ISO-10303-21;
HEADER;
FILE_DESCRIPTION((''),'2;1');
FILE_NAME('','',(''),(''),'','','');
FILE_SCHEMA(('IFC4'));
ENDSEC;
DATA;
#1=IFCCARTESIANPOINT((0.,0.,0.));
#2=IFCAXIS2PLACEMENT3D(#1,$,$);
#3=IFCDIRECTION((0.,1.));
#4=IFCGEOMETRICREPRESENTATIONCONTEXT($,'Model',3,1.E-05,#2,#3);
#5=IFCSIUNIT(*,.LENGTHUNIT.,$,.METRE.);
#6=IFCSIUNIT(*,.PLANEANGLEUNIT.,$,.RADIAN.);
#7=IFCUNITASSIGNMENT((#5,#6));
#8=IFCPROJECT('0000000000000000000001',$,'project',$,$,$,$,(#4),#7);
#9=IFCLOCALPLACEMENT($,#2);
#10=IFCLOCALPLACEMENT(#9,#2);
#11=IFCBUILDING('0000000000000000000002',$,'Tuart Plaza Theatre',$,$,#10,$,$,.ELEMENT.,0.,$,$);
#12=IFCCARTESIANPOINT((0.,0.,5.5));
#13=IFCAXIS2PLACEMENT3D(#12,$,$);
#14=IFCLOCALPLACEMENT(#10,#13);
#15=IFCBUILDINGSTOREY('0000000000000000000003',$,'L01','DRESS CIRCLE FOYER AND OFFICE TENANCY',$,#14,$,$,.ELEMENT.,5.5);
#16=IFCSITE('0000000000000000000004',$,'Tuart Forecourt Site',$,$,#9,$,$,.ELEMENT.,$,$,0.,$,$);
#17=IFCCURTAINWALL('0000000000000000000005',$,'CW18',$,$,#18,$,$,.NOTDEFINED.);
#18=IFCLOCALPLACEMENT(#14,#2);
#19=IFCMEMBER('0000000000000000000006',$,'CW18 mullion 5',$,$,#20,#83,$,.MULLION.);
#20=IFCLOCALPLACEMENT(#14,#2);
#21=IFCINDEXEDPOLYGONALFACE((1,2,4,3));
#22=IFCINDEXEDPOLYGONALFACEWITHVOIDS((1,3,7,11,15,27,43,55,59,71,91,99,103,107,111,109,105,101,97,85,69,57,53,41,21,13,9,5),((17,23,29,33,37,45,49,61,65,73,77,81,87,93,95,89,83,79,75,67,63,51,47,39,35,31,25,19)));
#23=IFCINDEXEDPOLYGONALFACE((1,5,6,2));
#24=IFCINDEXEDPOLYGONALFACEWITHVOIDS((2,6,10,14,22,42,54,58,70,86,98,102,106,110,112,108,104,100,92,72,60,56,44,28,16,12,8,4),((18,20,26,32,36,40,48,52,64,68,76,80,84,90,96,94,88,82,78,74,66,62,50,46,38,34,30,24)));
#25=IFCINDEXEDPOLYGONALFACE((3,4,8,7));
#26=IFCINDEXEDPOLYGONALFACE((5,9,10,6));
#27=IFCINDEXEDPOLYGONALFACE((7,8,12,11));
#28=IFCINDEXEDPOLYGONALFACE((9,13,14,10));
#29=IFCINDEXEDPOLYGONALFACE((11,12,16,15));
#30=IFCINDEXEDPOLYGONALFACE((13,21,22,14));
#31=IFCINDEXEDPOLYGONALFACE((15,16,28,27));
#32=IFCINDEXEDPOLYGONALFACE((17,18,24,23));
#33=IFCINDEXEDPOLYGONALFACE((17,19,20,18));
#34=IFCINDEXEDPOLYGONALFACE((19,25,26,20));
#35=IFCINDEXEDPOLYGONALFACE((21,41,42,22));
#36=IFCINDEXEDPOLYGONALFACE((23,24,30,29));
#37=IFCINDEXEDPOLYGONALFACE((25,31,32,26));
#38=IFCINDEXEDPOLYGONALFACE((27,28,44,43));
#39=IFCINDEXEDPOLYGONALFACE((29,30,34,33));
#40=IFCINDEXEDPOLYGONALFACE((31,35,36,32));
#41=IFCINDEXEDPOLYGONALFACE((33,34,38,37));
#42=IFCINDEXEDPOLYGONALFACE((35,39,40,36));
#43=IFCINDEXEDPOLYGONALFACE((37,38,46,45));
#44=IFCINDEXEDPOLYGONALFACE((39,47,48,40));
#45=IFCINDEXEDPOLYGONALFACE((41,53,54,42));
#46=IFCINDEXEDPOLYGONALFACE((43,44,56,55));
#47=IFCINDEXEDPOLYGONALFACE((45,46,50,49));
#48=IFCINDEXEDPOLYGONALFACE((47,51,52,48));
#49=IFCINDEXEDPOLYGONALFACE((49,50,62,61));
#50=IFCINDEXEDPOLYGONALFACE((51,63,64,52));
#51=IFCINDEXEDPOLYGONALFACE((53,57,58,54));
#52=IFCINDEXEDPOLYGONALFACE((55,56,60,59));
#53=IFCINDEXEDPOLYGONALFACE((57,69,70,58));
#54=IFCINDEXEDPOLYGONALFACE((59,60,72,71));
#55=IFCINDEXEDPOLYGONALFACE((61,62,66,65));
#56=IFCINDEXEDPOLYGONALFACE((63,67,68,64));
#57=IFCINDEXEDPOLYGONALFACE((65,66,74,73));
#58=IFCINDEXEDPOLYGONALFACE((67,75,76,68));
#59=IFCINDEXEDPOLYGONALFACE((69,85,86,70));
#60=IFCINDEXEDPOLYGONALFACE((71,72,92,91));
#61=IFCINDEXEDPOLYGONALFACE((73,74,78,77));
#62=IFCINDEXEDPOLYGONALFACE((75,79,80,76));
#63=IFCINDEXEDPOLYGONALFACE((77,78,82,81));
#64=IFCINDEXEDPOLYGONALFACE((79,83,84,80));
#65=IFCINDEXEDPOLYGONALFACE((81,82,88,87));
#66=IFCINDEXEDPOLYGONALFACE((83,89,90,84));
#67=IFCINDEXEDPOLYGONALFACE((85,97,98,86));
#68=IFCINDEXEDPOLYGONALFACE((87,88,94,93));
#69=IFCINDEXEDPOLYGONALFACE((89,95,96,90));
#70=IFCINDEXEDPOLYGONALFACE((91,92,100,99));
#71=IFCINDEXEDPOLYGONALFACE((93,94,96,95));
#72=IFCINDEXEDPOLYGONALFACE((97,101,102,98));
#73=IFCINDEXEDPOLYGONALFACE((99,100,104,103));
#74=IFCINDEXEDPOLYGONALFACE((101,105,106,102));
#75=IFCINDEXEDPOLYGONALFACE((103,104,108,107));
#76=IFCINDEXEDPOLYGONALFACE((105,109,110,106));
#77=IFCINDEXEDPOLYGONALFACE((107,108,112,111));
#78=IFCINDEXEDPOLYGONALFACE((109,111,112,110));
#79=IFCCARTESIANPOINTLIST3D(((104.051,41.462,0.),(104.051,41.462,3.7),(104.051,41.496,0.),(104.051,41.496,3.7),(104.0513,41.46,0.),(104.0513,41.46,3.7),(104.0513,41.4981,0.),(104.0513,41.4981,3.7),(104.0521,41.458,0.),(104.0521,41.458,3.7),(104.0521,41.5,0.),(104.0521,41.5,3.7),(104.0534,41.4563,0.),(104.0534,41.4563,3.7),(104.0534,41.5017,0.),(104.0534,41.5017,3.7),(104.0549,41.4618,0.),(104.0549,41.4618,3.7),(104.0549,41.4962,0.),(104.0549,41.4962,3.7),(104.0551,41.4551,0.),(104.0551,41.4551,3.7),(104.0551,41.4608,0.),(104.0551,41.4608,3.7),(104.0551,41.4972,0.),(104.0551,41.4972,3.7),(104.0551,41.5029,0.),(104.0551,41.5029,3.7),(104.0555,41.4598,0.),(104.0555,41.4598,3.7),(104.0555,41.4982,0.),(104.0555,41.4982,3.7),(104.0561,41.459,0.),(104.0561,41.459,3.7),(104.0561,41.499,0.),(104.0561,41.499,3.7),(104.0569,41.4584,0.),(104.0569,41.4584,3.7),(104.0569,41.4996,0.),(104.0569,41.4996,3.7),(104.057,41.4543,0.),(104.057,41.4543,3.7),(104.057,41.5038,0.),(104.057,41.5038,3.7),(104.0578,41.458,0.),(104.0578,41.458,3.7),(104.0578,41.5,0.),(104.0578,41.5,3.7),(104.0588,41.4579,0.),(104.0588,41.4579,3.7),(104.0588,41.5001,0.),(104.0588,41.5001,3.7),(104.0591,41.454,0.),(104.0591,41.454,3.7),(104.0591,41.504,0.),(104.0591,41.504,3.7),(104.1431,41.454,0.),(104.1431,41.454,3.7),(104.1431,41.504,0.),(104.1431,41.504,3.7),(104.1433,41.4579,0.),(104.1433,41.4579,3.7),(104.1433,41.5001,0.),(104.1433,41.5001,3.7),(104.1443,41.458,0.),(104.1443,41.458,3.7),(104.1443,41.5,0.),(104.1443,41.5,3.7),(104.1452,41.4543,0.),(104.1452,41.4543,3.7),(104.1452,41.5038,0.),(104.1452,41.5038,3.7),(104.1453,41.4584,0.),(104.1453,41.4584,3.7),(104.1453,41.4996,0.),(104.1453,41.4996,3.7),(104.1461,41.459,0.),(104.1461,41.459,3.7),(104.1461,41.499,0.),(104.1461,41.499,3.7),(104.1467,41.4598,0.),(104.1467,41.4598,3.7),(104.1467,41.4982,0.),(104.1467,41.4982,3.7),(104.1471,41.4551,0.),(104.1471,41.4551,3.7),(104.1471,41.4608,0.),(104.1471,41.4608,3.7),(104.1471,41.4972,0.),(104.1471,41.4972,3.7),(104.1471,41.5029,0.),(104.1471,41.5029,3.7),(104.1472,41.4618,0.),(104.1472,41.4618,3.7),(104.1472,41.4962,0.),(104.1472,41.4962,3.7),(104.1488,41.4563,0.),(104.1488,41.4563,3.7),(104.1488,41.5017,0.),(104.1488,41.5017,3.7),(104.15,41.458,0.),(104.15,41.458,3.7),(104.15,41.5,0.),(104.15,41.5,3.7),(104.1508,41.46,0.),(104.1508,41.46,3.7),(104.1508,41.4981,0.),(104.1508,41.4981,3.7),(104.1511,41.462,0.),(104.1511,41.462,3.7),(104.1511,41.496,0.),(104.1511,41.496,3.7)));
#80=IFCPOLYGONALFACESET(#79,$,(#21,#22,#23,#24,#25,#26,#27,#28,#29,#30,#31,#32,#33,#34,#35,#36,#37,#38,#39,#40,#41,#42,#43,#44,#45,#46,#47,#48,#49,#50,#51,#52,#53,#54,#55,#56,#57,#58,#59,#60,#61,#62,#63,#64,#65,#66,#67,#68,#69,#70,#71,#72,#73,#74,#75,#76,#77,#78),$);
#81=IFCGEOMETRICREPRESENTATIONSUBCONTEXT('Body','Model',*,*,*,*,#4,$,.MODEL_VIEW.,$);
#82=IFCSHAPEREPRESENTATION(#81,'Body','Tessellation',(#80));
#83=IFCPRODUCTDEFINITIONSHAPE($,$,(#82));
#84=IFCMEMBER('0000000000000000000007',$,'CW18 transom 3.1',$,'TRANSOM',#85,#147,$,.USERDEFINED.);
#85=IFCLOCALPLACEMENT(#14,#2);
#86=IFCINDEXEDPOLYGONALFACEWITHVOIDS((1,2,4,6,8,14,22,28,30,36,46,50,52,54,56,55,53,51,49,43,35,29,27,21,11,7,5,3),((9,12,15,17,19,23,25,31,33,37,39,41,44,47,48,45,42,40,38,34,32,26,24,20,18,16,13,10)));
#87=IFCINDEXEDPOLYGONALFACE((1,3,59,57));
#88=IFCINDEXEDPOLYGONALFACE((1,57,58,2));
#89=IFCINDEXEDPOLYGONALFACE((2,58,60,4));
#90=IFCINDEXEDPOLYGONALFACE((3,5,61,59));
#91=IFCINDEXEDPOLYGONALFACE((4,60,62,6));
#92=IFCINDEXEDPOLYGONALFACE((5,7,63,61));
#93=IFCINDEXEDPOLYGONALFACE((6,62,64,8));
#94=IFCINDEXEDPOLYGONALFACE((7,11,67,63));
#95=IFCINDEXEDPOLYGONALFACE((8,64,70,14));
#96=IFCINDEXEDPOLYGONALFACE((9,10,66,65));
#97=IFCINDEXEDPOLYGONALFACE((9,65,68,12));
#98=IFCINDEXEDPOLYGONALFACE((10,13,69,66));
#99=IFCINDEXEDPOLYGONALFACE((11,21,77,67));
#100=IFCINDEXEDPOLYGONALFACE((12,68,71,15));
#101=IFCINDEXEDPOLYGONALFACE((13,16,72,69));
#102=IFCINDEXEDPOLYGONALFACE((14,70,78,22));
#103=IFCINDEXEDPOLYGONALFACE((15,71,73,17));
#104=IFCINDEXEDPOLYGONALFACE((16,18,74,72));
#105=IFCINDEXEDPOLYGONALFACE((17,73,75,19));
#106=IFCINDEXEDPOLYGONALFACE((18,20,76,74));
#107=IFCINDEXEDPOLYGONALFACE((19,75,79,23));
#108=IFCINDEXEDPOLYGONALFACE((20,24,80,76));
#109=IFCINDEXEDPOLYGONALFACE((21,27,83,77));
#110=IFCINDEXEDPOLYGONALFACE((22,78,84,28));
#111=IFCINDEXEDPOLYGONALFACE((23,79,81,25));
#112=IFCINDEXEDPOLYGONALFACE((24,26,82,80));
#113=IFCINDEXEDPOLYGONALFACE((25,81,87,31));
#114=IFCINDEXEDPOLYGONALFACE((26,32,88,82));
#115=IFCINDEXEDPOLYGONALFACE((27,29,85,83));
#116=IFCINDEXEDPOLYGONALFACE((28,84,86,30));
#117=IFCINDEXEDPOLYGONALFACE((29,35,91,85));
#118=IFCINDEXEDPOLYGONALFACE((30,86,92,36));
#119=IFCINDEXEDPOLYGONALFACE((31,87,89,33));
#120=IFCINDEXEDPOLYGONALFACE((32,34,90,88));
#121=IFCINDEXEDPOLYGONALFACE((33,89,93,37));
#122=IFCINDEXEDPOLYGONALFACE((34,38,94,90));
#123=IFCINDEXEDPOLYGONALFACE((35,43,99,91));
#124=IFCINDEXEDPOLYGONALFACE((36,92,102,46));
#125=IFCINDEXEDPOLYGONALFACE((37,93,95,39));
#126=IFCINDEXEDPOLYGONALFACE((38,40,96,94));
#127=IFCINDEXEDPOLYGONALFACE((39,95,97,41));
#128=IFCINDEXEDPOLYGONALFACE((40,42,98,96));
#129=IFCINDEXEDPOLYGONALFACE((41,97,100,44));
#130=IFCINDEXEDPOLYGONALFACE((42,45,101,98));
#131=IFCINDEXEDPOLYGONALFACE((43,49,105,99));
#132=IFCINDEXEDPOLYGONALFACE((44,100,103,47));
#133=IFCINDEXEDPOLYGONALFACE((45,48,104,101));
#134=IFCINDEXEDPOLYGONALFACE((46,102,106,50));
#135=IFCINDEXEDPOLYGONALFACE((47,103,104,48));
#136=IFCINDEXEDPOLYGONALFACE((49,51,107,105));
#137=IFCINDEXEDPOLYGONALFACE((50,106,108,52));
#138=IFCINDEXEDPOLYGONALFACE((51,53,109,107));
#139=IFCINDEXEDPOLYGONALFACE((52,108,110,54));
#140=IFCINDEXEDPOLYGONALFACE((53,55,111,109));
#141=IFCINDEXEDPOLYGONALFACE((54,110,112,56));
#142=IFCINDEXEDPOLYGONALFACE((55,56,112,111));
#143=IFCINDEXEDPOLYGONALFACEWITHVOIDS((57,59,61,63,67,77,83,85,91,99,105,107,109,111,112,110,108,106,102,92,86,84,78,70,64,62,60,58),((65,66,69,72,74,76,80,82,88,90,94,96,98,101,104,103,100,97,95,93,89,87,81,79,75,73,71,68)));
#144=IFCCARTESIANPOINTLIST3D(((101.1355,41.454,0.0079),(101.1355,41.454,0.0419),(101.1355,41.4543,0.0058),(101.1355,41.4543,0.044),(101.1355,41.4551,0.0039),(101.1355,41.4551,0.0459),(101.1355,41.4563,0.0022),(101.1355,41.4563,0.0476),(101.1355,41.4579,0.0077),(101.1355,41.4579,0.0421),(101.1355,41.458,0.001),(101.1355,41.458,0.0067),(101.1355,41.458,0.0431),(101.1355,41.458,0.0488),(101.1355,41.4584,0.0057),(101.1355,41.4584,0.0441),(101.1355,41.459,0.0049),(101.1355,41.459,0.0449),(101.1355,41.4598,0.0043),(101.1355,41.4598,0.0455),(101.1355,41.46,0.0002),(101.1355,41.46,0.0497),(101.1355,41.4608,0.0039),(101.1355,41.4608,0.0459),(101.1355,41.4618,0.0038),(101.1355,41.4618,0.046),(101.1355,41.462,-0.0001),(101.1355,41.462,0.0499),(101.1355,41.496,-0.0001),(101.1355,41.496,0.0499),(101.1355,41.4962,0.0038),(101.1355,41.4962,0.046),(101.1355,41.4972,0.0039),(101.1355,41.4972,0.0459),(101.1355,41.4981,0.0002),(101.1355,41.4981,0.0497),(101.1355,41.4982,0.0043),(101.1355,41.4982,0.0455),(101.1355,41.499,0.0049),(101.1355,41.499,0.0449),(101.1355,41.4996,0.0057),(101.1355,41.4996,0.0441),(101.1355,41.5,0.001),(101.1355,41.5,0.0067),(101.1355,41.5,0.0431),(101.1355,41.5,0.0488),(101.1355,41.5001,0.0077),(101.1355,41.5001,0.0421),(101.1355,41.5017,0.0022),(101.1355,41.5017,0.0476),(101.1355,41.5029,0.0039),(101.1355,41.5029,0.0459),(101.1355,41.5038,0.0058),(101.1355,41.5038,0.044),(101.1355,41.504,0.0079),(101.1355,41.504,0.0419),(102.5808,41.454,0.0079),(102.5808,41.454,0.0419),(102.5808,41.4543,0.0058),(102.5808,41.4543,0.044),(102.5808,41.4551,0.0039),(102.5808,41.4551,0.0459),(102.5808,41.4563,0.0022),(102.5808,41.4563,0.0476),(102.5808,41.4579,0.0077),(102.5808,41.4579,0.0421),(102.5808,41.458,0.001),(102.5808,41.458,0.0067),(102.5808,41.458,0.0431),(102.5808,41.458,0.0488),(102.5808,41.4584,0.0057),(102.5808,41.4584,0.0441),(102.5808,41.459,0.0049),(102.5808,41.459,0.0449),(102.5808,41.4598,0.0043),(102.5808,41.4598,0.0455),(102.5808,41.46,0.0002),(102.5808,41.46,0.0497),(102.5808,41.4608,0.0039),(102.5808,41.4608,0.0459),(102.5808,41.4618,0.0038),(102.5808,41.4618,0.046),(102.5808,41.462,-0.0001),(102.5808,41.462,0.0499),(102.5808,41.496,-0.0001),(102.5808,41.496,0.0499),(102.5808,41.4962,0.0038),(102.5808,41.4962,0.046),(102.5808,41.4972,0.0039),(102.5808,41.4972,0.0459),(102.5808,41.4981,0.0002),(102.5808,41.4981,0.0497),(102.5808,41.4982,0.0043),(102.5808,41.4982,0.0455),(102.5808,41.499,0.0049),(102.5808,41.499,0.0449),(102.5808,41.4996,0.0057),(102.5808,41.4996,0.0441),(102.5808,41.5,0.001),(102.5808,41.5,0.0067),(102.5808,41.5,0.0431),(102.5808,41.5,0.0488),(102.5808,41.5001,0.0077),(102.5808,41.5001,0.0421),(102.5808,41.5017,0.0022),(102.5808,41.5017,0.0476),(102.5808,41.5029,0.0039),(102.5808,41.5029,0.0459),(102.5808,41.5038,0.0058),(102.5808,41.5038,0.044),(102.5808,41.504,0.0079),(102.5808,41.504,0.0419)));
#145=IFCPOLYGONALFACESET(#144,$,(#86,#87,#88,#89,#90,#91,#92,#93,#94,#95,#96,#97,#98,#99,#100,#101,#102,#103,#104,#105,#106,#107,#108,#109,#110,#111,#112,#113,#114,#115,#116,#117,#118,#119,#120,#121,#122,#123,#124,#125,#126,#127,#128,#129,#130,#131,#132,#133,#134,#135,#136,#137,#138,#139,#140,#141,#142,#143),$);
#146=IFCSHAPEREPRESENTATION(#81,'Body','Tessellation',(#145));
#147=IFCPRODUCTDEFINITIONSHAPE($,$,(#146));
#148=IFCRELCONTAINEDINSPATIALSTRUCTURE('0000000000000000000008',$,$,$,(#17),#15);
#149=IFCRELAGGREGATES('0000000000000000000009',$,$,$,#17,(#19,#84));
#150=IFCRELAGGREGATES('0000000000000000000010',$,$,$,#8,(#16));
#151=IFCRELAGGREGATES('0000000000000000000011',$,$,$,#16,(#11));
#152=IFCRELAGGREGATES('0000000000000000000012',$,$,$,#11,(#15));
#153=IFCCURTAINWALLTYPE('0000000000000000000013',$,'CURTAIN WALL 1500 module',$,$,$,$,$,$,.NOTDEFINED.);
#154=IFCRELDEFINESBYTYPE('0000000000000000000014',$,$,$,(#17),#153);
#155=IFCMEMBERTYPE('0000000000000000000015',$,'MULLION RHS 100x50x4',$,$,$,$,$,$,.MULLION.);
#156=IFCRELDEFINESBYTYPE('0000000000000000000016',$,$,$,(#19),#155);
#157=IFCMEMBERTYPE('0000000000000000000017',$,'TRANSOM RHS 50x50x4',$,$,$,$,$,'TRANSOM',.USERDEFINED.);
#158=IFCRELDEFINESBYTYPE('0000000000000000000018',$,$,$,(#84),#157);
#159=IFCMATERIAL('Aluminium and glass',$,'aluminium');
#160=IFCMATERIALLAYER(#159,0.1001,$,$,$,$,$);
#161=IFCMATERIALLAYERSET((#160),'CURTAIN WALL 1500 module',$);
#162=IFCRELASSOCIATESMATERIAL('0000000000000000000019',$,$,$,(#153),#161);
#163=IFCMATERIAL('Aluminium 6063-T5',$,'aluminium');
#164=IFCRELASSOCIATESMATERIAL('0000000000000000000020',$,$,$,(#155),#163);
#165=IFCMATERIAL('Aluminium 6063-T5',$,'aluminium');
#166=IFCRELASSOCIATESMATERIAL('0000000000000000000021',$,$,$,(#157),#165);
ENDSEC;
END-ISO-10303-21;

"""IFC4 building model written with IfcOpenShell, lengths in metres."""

from ifc_helpers import new_model, si_unit, direction, frame, origin, origin_2d, place, context, subcontext, project, spatial, hollow_rectangle, extrude, material, layer, layer_set, material_profile, profile_set, type_object, element, aggregate, save


model = new_model("IFC4")

# Units and contexts
model_context = context("Model", 3, precision=1e-05, world=origin(), true_north=direction((0.0, 1.0)))
body_context = subcontext(model_context, "Body", "Model", "MODEL_VIEW")
ifc_project = project(units=[si_unit("LENGTHUNIT", "METRE"), si_unit("PLANEANGLEUNIT", "RADIAN")], contexts=[model_context])

# Site, building, storey
site_placement = place(None, origin())
site = spatial("IfcSite", under=ifc_project, at=site_placement, Name="Tuart Forecourt Site", CompositionType="ELEMENT", RefElevation=0.0)
building_placement = place(site_placement, origin())
building = spatial("IfcBuilding", under=site, at=building_placement, Name="Tuart Plaza Theatre", CompositionType="ELEMENT", ElevationOfRefHeight=0.0)
storey_placement = place(building_placement, frame((0.0, 0.0, 5.5)))
storey = spatial("IfcBuildingStorey", under=building, at=storey_placement, Name="L01", Description="DRESS CIRCLE FOYER AND OFFICE TENANCY", CompositionType="ELEMENT", Elevation=5.5)

# Curtain wall, members
ifc_material_1 = material(Name="Aluminium and glass", Category="aluminium")
ifc_layer_1 = layer(ifc_material_1, 0.1001)
ifc_layer_set_1 = layer_set([ifc_layer_1], Name="CURTAIN WALL 1500 module")
curtain_wall_type = type_object("IfcCurtainWallType", Name="CURTAIN WALL 1500 module", PredefinedType="NOTDEFINED", material=ifc_layer_set_1)
curtain_wall_placement = place(storey_placement, origin())
curtain_wall = element("IfcCurtainWall", 1, at=curtain_wall_placement, inside=storey, type_object=curtain_wall_type, Name="CW18", PredefinedType="NOTDEFINED")
ifc_material_2 = material(Name="Aluminium 6063-T5", Category="aluminium")
ifc_material_profile_1 = material_profile(ifc_material_2, hollow_rectangle(XDim=0.05, YDim=0.1001, WallThickness=0.0039, InnerFilletRadius=0.0039, OuterFilletRadius=0.0081, at=origin_2d()), Name="RHS 100x50x4")
ifc_profile_set_1 = profile_set([ifc_material_profile_1], Name="Aluminium 6063-T5")
member_type_1 = type_object("IfcMemberType", Name="MULLION RHS 100x50x4", PredefinedType="MULLION", material=ifc_profile_set_1)
member_1_placement = place(storey_placement, frame((104.1011, 41.479, 0.0), z_axis=(0.0, 0.0, 1.0), x_axis=(0.0, 1.0, 0.0)))
member_1 = element("IfcMember", 2, at=member_1_placement, type_object=member_type_1, Name="CW18 mullion 5", PredefinedType="MULLION", context=body_context, shape_type="SweptSolid", body=[
    extrude(hollow_rectangle(XDim=0.05, YDim=0.1001, WallThickness=0.0039, InnerFilletRadius=0.0039, OuterFilletRadius=0.0081, at=origin_2d()), origin(), (0.0, 0.0, 1.0), 3.7),
])
ifc_material_3 = material(Name="Aluminium 6063-T5", Category="aluminium")
ifc_material_profile_2 = material_profile(ifc_material_3, hollow_rectangle(XDim=0.05, YDim=0.05, WallThickness=0.0039, InnerFilletRadius=0.0039, OuterFilletRadius=0.0081, at=origin_2d()), Name="RHS 50x50x4")
ifc_profile_set_2 = profile_set([ifc_material_profile_2], Name="Aluminium 6063-T5")
member_type_2 = type_object("IfcMemberType", Name="TRANSOM RHS 50x50x4", ElementType="TRANSOM", PredefinedType="USERDEFINED", material=ifc_profile_set_2)
member_2_placement = place(storey_placement, frame((101.1355, 41.479, 0.0249), z_axis=(1.0, 0.0, 0.0), x_axis=(0.0, 1.0, 0.0)))
member_2 = element("IfcMember", 3, at=member_2_placement, type_object=member_type_2, Name="CW18 transom 3.1", ObjectType="TRANSOM", PredefinedType="USERDEFINED", context=body_context, shape_type="SweptSolid", body=[
    extrude(hollow_rectangle(XDim=0.05, YDim=0.05, WallThickness=0.0039, InnerFilletRadius=0.0039, OuterFilletRadius=0.0081, at=origin_2d()), origin(), (0.0, 0.0, 1.0), 1.4453),
])
aggregate(curtain_wall, [member_1, member_2])

save(model, "model.ifc")
